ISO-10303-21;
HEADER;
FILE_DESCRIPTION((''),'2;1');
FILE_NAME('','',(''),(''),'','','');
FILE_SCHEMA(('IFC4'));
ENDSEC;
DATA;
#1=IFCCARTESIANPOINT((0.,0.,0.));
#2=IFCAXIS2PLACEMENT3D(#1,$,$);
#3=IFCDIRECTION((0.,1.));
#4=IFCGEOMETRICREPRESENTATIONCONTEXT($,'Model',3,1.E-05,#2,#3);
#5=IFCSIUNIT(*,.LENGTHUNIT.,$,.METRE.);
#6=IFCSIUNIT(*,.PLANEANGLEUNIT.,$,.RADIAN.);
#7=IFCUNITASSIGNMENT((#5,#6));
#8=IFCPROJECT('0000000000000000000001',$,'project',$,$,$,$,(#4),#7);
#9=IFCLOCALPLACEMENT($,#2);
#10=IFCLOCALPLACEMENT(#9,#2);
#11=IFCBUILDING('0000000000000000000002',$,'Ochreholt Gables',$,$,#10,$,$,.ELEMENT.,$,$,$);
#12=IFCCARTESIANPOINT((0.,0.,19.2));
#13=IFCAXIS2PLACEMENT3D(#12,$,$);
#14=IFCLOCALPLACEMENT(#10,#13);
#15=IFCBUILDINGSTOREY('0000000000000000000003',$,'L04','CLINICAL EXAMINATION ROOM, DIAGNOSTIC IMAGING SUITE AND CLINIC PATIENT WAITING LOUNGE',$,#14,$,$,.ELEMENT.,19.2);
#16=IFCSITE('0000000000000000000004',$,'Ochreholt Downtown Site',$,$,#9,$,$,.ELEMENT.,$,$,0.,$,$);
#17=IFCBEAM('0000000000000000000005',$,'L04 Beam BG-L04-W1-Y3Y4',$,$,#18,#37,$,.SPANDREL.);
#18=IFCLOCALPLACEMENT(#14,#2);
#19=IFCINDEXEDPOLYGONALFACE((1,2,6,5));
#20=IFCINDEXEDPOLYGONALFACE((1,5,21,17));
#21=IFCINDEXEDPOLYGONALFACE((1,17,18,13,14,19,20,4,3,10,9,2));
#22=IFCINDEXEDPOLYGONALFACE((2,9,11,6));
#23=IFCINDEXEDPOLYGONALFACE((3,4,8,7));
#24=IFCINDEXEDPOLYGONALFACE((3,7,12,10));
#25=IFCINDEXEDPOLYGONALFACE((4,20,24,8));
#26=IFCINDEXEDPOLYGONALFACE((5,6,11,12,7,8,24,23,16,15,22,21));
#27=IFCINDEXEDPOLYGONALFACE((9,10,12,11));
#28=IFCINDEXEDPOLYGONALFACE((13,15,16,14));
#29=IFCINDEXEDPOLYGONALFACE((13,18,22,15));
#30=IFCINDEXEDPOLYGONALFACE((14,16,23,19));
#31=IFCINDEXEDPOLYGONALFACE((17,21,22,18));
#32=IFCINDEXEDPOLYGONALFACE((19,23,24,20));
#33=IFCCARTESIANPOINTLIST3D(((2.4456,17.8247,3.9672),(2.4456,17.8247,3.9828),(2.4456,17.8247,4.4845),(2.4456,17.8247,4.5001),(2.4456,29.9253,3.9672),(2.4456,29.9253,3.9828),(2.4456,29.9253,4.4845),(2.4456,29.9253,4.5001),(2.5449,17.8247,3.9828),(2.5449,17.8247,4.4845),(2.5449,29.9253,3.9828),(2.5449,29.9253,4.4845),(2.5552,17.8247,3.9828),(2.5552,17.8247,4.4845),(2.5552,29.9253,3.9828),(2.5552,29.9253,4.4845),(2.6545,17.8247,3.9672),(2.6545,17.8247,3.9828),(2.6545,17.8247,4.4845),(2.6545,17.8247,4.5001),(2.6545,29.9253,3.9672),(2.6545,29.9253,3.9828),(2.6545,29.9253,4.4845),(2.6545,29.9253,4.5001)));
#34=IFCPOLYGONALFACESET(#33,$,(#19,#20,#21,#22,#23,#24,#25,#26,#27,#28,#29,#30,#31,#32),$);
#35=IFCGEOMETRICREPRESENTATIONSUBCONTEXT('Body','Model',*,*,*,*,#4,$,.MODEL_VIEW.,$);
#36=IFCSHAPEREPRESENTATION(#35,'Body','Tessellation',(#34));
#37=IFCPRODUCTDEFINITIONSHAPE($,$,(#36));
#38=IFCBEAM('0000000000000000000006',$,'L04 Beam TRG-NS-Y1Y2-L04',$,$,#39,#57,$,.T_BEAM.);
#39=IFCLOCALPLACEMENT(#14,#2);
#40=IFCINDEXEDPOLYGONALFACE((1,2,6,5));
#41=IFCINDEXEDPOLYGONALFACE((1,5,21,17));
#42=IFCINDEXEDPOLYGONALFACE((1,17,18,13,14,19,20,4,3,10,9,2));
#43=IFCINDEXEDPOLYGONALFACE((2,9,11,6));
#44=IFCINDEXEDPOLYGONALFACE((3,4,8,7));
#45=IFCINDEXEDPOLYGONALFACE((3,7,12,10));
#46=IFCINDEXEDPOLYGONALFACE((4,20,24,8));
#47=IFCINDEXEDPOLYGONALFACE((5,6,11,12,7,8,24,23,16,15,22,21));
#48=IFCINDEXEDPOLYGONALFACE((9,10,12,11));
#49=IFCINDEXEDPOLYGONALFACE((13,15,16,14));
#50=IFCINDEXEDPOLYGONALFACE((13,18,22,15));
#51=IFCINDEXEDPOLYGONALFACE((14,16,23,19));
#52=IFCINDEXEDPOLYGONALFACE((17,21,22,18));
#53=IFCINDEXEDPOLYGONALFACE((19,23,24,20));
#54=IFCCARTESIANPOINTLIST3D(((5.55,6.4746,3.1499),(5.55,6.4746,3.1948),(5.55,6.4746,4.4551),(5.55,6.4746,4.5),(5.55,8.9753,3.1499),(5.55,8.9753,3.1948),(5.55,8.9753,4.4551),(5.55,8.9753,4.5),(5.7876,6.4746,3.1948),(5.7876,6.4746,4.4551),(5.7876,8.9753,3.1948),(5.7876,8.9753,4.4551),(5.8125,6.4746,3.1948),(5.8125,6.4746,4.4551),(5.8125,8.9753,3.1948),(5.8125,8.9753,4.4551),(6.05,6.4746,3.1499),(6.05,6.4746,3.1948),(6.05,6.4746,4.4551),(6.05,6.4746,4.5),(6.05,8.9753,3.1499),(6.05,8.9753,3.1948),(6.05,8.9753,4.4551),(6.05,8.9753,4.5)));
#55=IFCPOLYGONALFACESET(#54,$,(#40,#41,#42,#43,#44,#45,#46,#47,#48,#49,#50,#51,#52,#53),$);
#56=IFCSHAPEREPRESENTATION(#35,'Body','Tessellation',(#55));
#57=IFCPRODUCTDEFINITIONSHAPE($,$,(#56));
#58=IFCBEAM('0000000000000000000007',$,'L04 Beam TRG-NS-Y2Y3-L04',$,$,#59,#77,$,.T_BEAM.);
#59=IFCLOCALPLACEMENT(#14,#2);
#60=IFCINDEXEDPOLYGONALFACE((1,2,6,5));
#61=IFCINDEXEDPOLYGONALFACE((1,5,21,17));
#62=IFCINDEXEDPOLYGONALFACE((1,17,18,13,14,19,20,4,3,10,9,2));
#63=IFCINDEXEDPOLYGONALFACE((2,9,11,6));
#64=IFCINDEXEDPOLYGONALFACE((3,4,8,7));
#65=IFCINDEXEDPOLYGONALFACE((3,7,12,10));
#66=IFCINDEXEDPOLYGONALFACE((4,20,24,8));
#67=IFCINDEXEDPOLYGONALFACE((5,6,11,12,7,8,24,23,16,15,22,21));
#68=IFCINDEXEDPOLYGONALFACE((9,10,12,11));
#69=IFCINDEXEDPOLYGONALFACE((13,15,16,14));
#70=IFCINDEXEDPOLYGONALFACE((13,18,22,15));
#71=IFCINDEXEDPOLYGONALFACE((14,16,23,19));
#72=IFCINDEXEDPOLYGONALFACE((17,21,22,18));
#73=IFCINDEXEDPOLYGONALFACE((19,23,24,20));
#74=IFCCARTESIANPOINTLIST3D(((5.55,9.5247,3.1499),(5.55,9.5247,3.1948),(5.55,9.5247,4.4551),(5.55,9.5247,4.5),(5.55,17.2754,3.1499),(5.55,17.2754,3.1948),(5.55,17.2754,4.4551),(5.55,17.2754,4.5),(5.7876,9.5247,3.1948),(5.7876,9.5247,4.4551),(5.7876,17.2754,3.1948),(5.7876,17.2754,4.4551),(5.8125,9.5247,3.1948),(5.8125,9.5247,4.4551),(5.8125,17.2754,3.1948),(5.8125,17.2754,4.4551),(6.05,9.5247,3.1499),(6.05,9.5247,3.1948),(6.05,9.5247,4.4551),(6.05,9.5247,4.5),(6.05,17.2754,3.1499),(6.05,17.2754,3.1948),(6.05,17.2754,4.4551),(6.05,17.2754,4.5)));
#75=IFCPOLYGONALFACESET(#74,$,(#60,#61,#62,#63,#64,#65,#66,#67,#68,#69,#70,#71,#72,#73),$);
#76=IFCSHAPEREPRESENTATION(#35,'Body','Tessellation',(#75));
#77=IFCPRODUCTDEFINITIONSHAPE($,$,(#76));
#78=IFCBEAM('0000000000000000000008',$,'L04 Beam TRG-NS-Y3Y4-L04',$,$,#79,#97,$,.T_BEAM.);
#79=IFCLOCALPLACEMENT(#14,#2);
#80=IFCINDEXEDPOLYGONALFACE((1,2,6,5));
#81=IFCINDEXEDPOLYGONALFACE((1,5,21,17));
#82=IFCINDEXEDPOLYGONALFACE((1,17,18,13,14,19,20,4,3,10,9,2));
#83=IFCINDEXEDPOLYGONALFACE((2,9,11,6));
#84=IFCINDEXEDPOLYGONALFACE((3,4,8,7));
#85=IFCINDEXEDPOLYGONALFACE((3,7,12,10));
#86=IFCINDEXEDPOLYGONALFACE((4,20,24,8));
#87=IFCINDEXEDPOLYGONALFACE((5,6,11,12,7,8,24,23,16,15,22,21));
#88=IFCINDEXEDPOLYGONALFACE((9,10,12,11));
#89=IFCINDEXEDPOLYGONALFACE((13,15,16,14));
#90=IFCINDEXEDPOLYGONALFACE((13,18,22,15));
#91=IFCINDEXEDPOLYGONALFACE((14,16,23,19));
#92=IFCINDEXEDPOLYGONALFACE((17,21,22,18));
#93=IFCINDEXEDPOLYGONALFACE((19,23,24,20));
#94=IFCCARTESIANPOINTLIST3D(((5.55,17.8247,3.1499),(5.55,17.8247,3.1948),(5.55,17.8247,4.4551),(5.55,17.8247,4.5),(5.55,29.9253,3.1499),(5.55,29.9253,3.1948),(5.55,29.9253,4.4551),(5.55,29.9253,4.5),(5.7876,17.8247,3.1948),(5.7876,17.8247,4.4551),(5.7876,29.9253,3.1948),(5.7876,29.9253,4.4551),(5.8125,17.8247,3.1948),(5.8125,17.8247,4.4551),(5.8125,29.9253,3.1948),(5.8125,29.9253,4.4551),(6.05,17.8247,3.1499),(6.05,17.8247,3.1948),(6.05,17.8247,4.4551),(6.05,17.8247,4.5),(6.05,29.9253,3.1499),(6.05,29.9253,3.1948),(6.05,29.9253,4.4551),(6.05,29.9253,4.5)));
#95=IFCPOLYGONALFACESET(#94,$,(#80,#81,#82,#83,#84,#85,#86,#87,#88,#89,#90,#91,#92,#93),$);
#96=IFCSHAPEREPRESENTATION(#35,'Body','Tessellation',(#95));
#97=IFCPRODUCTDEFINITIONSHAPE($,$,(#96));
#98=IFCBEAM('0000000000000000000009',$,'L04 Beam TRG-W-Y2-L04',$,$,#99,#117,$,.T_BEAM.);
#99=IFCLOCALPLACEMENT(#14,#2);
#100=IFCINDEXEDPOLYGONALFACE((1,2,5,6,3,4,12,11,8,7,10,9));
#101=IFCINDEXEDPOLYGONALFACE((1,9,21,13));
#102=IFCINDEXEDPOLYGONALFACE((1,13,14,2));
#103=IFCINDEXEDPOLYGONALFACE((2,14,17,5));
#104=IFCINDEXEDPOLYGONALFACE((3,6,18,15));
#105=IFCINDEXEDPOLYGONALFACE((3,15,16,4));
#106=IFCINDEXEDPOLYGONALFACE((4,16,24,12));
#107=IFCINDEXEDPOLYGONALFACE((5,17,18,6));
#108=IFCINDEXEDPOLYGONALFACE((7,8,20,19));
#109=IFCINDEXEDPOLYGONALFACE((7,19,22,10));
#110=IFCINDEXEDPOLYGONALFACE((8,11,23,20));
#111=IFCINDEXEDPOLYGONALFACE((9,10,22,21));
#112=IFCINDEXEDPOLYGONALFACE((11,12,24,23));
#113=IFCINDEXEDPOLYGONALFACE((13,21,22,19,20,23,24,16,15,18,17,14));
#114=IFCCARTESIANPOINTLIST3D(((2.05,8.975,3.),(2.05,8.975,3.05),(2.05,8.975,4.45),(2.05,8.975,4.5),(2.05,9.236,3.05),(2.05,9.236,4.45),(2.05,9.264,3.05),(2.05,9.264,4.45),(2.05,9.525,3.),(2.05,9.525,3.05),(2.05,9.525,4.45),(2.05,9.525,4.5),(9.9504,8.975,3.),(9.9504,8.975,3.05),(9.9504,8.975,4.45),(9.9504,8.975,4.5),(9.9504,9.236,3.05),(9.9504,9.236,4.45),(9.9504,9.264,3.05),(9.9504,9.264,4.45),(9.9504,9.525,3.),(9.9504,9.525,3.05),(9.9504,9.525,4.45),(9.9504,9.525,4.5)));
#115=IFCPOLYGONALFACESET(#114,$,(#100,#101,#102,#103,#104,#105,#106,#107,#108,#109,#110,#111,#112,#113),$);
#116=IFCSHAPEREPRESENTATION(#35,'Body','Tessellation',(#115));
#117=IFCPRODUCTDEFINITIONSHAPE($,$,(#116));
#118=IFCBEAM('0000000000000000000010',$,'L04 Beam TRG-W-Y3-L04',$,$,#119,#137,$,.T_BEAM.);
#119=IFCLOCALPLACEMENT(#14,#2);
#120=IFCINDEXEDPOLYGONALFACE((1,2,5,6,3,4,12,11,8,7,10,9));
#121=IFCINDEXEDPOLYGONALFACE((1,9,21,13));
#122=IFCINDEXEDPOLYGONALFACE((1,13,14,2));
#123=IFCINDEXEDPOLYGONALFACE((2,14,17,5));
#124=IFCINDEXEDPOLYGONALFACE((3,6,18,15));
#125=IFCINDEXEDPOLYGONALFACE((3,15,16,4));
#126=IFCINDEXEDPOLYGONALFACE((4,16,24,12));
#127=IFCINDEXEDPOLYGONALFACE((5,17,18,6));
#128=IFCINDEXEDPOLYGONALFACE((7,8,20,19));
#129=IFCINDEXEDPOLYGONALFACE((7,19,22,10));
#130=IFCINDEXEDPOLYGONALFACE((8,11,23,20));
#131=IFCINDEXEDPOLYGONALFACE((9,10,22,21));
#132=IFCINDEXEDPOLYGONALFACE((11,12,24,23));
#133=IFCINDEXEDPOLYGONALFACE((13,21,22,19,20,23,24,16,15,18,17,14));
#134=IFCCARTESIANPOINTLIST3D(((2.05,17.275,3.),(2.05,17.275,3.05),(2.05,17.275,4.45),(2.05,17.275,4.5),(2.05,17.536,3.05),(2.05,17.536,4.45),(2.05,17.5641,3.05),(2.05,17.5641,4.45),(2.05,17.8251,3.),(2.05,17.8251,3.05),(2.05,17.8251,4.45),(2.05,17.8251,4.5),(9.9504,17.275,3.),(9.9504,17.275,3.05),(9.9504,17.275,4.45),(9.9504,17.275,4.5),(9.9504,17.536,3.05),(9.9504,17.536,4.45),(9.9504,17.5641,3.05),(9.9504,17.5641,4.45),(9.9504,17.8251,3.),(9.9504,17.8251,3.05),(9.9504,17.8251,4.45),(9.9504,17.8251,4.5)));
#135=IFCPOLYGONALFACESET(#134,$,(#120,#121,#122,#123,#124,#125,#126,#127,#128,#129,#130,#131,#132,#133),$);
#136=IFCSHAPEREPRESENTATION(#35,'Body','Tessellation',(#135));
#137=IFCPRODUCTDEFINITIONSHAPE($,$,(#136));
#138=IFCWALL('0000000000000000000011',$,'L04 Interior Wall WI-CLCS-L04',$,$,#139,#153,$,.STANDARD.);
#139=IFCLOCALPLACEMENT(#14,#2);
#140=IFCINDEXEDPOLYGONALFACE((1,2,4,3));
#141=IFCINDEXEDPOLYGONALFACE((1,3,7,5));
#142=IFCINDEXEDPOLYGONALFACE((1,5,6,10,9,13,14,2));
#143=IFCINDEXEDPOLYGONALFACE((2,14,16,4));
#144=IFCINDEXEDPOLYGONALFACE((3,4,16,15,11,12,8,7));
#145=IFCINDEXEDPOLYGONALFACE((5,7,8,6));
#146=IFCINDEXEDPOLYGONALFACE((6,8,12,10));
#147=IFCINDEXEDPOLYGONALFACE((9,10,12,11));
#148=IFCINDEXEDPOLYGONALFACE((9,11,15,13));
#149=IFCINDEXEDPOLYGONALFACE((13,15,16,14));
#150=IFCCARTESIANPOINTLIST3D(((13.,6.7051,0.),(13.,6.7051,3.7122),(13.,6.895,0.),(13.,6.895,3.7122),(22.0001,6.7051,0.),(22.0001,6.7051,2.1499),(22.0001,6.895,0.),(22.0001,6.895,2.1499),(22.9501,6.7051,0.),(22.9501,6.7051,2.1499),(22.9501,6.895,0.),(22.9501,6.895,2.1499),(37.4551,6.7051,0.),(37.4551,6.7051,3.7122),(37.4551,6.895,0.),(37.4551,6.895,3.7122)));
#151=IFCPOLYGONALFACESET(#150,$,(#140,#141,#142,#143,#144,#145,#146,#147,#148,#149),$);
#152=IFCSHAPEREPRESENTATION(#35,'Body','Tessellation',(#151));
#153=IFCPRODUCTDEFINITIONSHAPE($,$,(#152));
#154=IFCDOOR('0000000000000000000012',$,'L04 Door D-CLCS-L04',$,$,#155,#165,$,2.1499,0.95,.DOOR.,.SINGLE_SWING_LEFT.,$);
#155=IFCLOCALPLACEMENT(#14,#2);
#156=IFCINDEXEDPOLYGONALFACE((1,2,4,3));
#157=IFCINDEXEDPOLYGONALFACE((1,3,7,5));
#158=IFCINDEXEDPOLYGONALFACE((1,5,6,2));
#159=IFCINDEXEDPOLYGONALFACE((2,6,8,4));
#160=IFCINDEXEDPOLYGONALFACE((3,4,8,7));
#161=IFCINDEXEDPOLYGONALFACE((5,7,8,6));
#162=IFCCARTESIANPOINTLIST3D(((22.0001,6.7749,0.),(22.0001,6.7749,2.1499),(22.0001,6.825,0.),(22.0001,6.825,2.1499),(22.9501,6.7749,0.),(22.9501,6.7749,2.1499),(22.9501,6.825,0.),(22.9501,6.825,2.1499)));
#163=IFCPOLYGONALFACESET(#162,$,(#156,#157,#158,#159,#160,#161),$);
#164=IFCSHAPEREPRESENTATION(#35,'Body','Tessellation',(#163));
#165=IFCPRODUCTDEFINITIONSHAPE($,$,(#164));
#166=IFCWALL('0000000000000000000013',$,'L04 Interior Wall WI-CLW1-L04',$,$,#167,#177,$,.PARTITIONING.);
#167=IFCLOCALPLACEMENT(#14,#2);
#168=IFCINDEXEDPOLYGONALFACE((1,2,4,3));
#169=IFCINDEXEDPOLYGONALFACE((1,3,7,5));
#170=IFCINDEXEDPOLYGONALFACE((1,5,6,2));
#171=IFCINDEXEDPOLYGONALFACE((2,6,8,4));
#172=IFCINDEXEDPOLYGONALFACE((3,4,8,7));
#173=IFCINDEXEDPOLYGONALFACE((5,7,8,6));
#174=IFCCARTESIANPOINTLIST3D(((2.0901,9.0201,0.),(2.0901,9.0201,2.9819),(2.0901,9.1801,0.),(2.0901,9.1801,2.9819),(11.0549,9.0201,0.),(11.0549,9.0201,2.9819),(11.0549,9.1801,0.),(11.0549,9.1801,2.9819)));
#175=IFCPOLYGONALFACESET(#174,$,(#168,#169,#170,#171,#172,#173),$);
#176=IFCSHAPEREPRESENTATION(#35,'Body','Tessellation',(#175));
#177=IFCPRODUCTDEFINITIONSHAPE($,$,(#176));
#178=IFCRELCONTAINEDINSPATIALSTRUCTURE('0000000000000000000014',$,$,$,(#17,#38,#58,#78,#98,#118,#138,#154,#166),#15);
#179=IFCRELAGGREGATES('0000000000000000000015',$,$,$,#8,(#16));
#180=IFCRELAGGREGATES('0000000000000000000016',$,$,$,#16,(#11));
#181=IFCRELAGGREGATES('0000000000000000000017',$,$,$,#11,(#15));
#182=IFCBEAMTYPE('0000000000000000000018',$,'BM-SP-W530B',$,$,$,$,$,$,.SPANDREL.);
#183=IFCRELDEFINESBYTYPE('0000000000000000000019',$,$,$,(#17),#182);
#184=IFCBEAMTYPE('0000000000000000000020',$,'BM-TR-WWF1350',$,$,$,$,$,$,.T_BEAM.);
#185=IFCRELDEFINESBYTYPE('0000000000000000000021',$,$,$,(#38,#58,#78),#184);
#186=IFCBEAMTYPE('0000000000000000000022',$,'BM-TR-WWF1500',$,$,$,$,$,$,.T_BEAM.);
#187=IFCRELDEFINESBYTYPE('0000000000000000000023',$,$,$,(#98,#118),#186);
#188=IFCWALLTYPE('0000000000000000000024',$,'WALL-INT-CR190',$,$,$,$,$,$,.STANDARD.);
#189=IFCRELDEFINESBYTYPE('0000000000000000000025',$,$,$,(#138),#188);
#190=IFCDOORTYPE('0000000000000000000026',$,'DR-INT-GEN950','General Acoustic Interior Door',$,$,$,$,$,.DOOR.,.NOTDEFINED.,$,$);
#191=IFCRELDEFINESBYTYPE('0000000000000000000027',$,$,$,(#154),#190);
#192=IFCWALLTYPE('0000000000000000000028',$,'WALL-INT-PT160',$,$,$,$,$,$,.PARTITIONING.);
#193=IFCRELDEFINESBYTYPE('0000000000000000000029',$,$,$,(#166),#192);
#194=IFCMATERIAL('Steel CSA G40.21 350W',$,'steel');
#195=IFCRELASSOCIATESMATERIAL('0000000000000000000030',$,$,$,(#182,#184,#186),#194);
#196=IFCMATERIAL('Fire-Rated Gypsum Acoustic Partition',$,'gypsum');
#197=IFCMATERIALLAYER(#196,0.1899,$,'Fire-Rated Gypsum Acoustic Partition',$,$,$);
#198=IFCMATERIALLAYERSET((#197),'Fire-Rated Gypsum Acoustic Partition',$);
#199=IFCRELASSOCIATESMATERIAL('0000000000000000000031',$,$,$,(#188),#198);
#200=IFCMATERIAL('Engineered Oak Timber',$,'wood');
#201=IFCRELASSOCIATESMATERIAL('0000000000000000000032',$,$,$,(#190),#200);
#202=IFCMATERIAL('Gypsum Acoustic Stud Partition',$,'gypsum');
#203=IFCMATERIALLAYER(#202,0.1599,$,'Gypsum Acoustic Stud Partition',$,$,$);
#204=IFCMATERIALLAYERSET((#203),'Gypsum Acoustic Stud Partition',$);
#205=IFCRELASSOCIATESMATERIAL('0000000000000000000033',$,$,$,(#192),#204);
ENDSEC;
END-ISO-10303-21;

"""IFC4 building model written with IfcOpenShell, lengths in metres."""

from ifc_helpers import new_model, si_unit, direction, frame, frame_2d, origin, origin_2d, place, context, subcontext, project, spatial, rectangle, i_section, extrude, material, layer, layer_set, material_profile, profile_set, type_object, element, fill, save


model = new_model("IFC4")

# Units and contexts
model_context = context("Model", 3, precision=1e-05, world=origin(), true_north=direction((0.0, 1.0)))
body_context = subcontext(model_context, "Body", "Model", "MODEL_VIEW")
ifc_project = project(units=[si_unit("LENGTHUNIT", "METRE"), si_unit("PLANEANGLEUNIT", "RADIAN")], contexts=[model_context])

# Site, building, storey
site_placement = place(None, origin())
site = spatial("IfcSite", under=ifc_project, at=site_placement, Name="Ochreholt Downtown Site", CompositionType="ELEMENT", RefElevation=0.0)
building_placement = place(site_placement, origin())
building = spatial("IfcBuilding", under=site, at=building_placement, Name="Ochreholt Gables", CompositionType="ELEMENT")
storey_placement = place(building_placement, frame((0.0, 0.0, 19.2)))
storey = spatial("IfcBuildingStorey", under=building, at=storey_placement, Name="L04", Description="CLINICAL EXAMINATION ROOM, DIAGNOSTIC IMAGING SUITE AND CLINIC PATIENT WAITING LOUNGE", CompositionType="ELEMENT", Elevation=19.2)

# Beams
ifc_material_1 = material(Name="Steel CSA G40.21 350W", Category="steel")
ifc_material_profile_1 = material_profile(ifc_material_1, i_section(OverallWidth=0.209, OverallDepth=0.533, WebThickness=0.0103, FlangeThickness=0.0156, at=origin_2d()), Name="W530X92")
ifc_profile_set_1 = profile_set([ifc_material_profile_1], Name="Steel CSA G40.21 350W")
beam_type_1 = type_object("IfcBeamType", Name="BM-SP-W530B", PredefinedType="SPANDREL", material=ifc_profile_set_1)
beam_1_placement = place(storey_placement, frame((2.55, 17.8247, 4.2336), z_axis=(0.0, 1.0, 0.0), x_axis=(-1.0, 0.0, 0.0)))
element("IfcBeam", 1, at=beam_1_placement, inside=storey, type_object=beam_type_1, Name="L04 Beam BG-L04-W1-Y3Y4", PredefinedType="SPANDREL", context=body_context, shape_type="SweptSolid", body=[
    extrude(i_section(OverallWidth=0.209, OverallDepth=0.533, WebThickness=0.0103, FlangeThickness=0.0156, at=origin_2d()), origin(), (0.0, 0.0, 1.0), 12.1006),
])
ifc_material_profile_2 = material_profile(ifc_material_1, i_section(OverallWidth=0.5, OverallDepth=1.3501, WebThickness=0.0249, FlangeThickness=0.0449, at=origin_2d()), Name="WWF1350X500")
ifc_profile_set_2 = profile_set([ifc_material_profile_2], Name="Steel CSA G40.21 350W")
beam_type_2 = type_object("IfcBeamType", Name="BM-TR-WWF1350", PredefinedType="T_BEAM", material=ifc_profile_set_2)
beam_2_placement = place(storey_placement, frame((5.8, 6.4746, 3.825), z_axis=(0.0, 1.0, 0.0), x_axis=(-1.0, 0.0, 0.0)))
element("IfcBeam", 2, at=beam_2_placement, inside=storey, type_object=beam_type_2, Name="L04 Beam TRG-NS-Y1Y2-L04", PredefinedType="T_BEAM", context=body_context, shape_type="SweptSolid", body=[
    extrude(i_section(OverallWidth=0.5, OverallDepth=1.3501, WebThickness=0.0249, FlangeThickness=0.0449, at=origin_2d()), origin(), (0.0, 0.0, 1.0), 2.5007),
])
beam_3_placement = place(storey_placement, frame((5.8, 9.5247, 3.825), z_axis=(0.0, 1.0, 0.0), x_axis=(-1.0, 0.0, 0.0)))
element("IfcBeam", 3, at=beam_3_placement, inside=storey, type_object=beam_type_2, Name="L04 Beam TRG-NS-Y2Y3-L04", PredefinedType="T_BEAM", context=body_context, shape_type="SweptSolid", body=[
    extrude(i_section(OverallWidth=0.5, OverallDepth=1.3501, WebThickness=0.0249, FlangeThickness=0.0449, at=origin_2d()), origin(), (0.0, 0.0, 1.0), 7.7507),
])
beam_4_placement = place(storey_placement, frame((5.8, 17.8247, 3.825), z_axis=(0.0, 1.0, 0.0), x_axis=(-1.0, 0.0, 0.0)))
element("IfcBeam", 4, at=beam_4_placement, inside=storey, type_object=beam_type_2, Name="L04 Beam TRG-NS-Y3Y4-L04", PredefinedType="T_BEAM", context=body_context, shape_type="SweptSolid", body=[
    extrude(i_section(OverallWidth=0.5, OverallDepth=1.3501, WebThickness=0.0249, FlangeThickness=0.0449, at=origin_2d()), origin(), (0.0, 0.0, 1.0), 12.1006),
])
ifc_material_profile_3 = material_profile(ifc_material_1, i_section(OverallWidth=0.55, OverallDepth=1.5, WebThickness=0.0281, FlangeThickness=0.05, at=origin_2d()), Name="WWF1500X550")
ifc_profile_set_3 = profile_set([ifc_material_profile_3], Name="Steel CSA G40.21 350W")
beam_type_3 = type_object("IfcBeamType", Name="BM-TR-WWF1500", PredefinedType="T_BEAM", material=ifc_profile_set_3)
for number, where, z_axis, x_axis, name in (
    (5, (2.05, 9.25, 3.75), (1.0, 0.0, 0.0), (0.0, 1.0, 0.0), "L04 Beam TRG-W-Y2-L04"),
    (6, (2.05, 17.55, 3.75), (1.0, 0.0, 0.0), (0.0, 1.0, 0.0), "L04 Beam TRG-W-Y3-L04"),
):
    element("IfcBeam", number, at=place(storey_placement, frame(where, z_axis=z_axis, x_axis=x_axis)), inside=storey, type_object=beam_type_3, Name=name, PredefinedType="T_BEAM", context=body_context, shape_type="SweptSolid", body=[
        extrude(i_section(OverallWidth=0.55, OverallDepth=1.5, WebThickness=0.0281, FlangeThickness=0.05, at=origin_2d()), origin(), (0.0, 0.0, 1.0), 7.9004),
    ])

# Wall, opening, door
ifc_material_2 = material(Name="Fire-Rated Gypsum Acoustic Partition", Category="gypsum")
ifc_layer_1 = layer(ifc_material_2, 0.1899, Name="Fire-Rated Gypsum Acoustic Partition")
ifc_layer_set_1 = layer_set([ifc_layer_1], Name="Fire-Rated Gypsum Acoustic Partition")
wall_type_1 = type_object("IfcWallType", Name="WALL-INT-CR190", PredefinedType="STANDARD", material=ifc_layer_set_1)
wall_1_placement = place(storey_placement, frame((13.0, 6.8, 0.0), z_axis=(0.0, 0.0, 1.0), x_axis=(1.0, 0.0, 0.0)))
wall_1 = element("IfcWall", 7, at=wall_1_placement, inside=storey, type_object=wall_type_1, Name="L04 Interior Wall WI-CLCS-L04", PredefinedType="STANDARD", context=body_context, shape_type="SweptSolid", body=[
    extrude(rectangle(XDim=24.4551, YDim=0.1899, at=frame_2d((12.2275, 0.0))), origin(), (0.0, 0.0, 1.0), 3.7122),
])
opening_placement = place(wall_1_placement, frame((9.0, 0.0, 0.0)))
opening = element("IfcOpeningElement", 8, at=opening_placement, cuts=wall_1, PredefinedType="OPENING", context=body_context, shape_type="SweptSolid", body=[
    extrude(rectangle(XDim=0.95, YDim=2.1499, at=frame_2d((0.4751, 1.075))), frame((0.0, 0.105, 0.0), z_axis=(0.0, -1.0, 0.0), x_axis=(1.0, 0.0, 0.0)), (0.0, 0.0, 1.0), 0.21),
])
ifc_material_3 = material(Name="Engineered Oak Timber", Category="wood")
door_type = type_object("IfcDoorType", Name="DR-INT-GEN950", Description="General Acoustic Interior Door", OperationType="NOTDEFINED", PredefinedType="DOOR", material=ifc_material_3)
door_placement = place(opening_placement, origin())
door = element("IfcDoor", 9, at=door_placement, inside=storey, type_object=door_type, Name="L04 Door D-CLCS-L04", OperationType="SINGLE_SWING_LEFT", OverallHeight=2.1499, OverallWidth=0.95, PredefinedType="DOOR", context=body_context, shape_type="SweptSolid", body=[
    extrude(rectangle(XDim=0.95, YDim=2.1499, at=frame_2d((0.4751, 1.075))), frame((0.0, 0.0249, 0.0), z_axis=(0.0, -1.0, 0.0), x_axis=(1.0, 0.0, 0.0)), (0.0, 0.0, 1.0), 0.05),
])
fill(opening, door)

# Wall
ifc_material_4 = material(Name="Gypsum Acoustic Stud Partition", Category="gypsum")
ifc_layer_2 = layer(ifc_material_4, 0.1599, Name="Gypsum Acoustic Stud Partition")
ifc_layer_set_2 = layer_set([ifc_layer_2], Name="Gypsum Acoustic Stud Partition")
wall_type_2 = type_object("IfcWallType", Name="WALL-INT-PT160", PredefinedType="PARTITIONING", material=ifc_layer_set_2)
wall_2_placement = place(storey_placement, frame((2.0901, 9.1001, 0.0), z_axis=(0.0, 0.0, 1.0), x_axis=(1.0, 0.0, 0.0)))
element("IfcWall", 10, at=wall_2_placement, inside=storey, type_object=wall_type_2, Name="L04 Interior Wall WI-CLW1-L04", PredefinedType="PARTITIONING", context=body_context, shape_type="SweptSolid", body=[
    extrude(rectangle(XDim=8.9648, YDim=0.1599, at=frame_2d((4.4824, 0.0))), origin(), (0.0, 0.0, 1.0), 2.9819),
])

save(model, "model.ifc")
